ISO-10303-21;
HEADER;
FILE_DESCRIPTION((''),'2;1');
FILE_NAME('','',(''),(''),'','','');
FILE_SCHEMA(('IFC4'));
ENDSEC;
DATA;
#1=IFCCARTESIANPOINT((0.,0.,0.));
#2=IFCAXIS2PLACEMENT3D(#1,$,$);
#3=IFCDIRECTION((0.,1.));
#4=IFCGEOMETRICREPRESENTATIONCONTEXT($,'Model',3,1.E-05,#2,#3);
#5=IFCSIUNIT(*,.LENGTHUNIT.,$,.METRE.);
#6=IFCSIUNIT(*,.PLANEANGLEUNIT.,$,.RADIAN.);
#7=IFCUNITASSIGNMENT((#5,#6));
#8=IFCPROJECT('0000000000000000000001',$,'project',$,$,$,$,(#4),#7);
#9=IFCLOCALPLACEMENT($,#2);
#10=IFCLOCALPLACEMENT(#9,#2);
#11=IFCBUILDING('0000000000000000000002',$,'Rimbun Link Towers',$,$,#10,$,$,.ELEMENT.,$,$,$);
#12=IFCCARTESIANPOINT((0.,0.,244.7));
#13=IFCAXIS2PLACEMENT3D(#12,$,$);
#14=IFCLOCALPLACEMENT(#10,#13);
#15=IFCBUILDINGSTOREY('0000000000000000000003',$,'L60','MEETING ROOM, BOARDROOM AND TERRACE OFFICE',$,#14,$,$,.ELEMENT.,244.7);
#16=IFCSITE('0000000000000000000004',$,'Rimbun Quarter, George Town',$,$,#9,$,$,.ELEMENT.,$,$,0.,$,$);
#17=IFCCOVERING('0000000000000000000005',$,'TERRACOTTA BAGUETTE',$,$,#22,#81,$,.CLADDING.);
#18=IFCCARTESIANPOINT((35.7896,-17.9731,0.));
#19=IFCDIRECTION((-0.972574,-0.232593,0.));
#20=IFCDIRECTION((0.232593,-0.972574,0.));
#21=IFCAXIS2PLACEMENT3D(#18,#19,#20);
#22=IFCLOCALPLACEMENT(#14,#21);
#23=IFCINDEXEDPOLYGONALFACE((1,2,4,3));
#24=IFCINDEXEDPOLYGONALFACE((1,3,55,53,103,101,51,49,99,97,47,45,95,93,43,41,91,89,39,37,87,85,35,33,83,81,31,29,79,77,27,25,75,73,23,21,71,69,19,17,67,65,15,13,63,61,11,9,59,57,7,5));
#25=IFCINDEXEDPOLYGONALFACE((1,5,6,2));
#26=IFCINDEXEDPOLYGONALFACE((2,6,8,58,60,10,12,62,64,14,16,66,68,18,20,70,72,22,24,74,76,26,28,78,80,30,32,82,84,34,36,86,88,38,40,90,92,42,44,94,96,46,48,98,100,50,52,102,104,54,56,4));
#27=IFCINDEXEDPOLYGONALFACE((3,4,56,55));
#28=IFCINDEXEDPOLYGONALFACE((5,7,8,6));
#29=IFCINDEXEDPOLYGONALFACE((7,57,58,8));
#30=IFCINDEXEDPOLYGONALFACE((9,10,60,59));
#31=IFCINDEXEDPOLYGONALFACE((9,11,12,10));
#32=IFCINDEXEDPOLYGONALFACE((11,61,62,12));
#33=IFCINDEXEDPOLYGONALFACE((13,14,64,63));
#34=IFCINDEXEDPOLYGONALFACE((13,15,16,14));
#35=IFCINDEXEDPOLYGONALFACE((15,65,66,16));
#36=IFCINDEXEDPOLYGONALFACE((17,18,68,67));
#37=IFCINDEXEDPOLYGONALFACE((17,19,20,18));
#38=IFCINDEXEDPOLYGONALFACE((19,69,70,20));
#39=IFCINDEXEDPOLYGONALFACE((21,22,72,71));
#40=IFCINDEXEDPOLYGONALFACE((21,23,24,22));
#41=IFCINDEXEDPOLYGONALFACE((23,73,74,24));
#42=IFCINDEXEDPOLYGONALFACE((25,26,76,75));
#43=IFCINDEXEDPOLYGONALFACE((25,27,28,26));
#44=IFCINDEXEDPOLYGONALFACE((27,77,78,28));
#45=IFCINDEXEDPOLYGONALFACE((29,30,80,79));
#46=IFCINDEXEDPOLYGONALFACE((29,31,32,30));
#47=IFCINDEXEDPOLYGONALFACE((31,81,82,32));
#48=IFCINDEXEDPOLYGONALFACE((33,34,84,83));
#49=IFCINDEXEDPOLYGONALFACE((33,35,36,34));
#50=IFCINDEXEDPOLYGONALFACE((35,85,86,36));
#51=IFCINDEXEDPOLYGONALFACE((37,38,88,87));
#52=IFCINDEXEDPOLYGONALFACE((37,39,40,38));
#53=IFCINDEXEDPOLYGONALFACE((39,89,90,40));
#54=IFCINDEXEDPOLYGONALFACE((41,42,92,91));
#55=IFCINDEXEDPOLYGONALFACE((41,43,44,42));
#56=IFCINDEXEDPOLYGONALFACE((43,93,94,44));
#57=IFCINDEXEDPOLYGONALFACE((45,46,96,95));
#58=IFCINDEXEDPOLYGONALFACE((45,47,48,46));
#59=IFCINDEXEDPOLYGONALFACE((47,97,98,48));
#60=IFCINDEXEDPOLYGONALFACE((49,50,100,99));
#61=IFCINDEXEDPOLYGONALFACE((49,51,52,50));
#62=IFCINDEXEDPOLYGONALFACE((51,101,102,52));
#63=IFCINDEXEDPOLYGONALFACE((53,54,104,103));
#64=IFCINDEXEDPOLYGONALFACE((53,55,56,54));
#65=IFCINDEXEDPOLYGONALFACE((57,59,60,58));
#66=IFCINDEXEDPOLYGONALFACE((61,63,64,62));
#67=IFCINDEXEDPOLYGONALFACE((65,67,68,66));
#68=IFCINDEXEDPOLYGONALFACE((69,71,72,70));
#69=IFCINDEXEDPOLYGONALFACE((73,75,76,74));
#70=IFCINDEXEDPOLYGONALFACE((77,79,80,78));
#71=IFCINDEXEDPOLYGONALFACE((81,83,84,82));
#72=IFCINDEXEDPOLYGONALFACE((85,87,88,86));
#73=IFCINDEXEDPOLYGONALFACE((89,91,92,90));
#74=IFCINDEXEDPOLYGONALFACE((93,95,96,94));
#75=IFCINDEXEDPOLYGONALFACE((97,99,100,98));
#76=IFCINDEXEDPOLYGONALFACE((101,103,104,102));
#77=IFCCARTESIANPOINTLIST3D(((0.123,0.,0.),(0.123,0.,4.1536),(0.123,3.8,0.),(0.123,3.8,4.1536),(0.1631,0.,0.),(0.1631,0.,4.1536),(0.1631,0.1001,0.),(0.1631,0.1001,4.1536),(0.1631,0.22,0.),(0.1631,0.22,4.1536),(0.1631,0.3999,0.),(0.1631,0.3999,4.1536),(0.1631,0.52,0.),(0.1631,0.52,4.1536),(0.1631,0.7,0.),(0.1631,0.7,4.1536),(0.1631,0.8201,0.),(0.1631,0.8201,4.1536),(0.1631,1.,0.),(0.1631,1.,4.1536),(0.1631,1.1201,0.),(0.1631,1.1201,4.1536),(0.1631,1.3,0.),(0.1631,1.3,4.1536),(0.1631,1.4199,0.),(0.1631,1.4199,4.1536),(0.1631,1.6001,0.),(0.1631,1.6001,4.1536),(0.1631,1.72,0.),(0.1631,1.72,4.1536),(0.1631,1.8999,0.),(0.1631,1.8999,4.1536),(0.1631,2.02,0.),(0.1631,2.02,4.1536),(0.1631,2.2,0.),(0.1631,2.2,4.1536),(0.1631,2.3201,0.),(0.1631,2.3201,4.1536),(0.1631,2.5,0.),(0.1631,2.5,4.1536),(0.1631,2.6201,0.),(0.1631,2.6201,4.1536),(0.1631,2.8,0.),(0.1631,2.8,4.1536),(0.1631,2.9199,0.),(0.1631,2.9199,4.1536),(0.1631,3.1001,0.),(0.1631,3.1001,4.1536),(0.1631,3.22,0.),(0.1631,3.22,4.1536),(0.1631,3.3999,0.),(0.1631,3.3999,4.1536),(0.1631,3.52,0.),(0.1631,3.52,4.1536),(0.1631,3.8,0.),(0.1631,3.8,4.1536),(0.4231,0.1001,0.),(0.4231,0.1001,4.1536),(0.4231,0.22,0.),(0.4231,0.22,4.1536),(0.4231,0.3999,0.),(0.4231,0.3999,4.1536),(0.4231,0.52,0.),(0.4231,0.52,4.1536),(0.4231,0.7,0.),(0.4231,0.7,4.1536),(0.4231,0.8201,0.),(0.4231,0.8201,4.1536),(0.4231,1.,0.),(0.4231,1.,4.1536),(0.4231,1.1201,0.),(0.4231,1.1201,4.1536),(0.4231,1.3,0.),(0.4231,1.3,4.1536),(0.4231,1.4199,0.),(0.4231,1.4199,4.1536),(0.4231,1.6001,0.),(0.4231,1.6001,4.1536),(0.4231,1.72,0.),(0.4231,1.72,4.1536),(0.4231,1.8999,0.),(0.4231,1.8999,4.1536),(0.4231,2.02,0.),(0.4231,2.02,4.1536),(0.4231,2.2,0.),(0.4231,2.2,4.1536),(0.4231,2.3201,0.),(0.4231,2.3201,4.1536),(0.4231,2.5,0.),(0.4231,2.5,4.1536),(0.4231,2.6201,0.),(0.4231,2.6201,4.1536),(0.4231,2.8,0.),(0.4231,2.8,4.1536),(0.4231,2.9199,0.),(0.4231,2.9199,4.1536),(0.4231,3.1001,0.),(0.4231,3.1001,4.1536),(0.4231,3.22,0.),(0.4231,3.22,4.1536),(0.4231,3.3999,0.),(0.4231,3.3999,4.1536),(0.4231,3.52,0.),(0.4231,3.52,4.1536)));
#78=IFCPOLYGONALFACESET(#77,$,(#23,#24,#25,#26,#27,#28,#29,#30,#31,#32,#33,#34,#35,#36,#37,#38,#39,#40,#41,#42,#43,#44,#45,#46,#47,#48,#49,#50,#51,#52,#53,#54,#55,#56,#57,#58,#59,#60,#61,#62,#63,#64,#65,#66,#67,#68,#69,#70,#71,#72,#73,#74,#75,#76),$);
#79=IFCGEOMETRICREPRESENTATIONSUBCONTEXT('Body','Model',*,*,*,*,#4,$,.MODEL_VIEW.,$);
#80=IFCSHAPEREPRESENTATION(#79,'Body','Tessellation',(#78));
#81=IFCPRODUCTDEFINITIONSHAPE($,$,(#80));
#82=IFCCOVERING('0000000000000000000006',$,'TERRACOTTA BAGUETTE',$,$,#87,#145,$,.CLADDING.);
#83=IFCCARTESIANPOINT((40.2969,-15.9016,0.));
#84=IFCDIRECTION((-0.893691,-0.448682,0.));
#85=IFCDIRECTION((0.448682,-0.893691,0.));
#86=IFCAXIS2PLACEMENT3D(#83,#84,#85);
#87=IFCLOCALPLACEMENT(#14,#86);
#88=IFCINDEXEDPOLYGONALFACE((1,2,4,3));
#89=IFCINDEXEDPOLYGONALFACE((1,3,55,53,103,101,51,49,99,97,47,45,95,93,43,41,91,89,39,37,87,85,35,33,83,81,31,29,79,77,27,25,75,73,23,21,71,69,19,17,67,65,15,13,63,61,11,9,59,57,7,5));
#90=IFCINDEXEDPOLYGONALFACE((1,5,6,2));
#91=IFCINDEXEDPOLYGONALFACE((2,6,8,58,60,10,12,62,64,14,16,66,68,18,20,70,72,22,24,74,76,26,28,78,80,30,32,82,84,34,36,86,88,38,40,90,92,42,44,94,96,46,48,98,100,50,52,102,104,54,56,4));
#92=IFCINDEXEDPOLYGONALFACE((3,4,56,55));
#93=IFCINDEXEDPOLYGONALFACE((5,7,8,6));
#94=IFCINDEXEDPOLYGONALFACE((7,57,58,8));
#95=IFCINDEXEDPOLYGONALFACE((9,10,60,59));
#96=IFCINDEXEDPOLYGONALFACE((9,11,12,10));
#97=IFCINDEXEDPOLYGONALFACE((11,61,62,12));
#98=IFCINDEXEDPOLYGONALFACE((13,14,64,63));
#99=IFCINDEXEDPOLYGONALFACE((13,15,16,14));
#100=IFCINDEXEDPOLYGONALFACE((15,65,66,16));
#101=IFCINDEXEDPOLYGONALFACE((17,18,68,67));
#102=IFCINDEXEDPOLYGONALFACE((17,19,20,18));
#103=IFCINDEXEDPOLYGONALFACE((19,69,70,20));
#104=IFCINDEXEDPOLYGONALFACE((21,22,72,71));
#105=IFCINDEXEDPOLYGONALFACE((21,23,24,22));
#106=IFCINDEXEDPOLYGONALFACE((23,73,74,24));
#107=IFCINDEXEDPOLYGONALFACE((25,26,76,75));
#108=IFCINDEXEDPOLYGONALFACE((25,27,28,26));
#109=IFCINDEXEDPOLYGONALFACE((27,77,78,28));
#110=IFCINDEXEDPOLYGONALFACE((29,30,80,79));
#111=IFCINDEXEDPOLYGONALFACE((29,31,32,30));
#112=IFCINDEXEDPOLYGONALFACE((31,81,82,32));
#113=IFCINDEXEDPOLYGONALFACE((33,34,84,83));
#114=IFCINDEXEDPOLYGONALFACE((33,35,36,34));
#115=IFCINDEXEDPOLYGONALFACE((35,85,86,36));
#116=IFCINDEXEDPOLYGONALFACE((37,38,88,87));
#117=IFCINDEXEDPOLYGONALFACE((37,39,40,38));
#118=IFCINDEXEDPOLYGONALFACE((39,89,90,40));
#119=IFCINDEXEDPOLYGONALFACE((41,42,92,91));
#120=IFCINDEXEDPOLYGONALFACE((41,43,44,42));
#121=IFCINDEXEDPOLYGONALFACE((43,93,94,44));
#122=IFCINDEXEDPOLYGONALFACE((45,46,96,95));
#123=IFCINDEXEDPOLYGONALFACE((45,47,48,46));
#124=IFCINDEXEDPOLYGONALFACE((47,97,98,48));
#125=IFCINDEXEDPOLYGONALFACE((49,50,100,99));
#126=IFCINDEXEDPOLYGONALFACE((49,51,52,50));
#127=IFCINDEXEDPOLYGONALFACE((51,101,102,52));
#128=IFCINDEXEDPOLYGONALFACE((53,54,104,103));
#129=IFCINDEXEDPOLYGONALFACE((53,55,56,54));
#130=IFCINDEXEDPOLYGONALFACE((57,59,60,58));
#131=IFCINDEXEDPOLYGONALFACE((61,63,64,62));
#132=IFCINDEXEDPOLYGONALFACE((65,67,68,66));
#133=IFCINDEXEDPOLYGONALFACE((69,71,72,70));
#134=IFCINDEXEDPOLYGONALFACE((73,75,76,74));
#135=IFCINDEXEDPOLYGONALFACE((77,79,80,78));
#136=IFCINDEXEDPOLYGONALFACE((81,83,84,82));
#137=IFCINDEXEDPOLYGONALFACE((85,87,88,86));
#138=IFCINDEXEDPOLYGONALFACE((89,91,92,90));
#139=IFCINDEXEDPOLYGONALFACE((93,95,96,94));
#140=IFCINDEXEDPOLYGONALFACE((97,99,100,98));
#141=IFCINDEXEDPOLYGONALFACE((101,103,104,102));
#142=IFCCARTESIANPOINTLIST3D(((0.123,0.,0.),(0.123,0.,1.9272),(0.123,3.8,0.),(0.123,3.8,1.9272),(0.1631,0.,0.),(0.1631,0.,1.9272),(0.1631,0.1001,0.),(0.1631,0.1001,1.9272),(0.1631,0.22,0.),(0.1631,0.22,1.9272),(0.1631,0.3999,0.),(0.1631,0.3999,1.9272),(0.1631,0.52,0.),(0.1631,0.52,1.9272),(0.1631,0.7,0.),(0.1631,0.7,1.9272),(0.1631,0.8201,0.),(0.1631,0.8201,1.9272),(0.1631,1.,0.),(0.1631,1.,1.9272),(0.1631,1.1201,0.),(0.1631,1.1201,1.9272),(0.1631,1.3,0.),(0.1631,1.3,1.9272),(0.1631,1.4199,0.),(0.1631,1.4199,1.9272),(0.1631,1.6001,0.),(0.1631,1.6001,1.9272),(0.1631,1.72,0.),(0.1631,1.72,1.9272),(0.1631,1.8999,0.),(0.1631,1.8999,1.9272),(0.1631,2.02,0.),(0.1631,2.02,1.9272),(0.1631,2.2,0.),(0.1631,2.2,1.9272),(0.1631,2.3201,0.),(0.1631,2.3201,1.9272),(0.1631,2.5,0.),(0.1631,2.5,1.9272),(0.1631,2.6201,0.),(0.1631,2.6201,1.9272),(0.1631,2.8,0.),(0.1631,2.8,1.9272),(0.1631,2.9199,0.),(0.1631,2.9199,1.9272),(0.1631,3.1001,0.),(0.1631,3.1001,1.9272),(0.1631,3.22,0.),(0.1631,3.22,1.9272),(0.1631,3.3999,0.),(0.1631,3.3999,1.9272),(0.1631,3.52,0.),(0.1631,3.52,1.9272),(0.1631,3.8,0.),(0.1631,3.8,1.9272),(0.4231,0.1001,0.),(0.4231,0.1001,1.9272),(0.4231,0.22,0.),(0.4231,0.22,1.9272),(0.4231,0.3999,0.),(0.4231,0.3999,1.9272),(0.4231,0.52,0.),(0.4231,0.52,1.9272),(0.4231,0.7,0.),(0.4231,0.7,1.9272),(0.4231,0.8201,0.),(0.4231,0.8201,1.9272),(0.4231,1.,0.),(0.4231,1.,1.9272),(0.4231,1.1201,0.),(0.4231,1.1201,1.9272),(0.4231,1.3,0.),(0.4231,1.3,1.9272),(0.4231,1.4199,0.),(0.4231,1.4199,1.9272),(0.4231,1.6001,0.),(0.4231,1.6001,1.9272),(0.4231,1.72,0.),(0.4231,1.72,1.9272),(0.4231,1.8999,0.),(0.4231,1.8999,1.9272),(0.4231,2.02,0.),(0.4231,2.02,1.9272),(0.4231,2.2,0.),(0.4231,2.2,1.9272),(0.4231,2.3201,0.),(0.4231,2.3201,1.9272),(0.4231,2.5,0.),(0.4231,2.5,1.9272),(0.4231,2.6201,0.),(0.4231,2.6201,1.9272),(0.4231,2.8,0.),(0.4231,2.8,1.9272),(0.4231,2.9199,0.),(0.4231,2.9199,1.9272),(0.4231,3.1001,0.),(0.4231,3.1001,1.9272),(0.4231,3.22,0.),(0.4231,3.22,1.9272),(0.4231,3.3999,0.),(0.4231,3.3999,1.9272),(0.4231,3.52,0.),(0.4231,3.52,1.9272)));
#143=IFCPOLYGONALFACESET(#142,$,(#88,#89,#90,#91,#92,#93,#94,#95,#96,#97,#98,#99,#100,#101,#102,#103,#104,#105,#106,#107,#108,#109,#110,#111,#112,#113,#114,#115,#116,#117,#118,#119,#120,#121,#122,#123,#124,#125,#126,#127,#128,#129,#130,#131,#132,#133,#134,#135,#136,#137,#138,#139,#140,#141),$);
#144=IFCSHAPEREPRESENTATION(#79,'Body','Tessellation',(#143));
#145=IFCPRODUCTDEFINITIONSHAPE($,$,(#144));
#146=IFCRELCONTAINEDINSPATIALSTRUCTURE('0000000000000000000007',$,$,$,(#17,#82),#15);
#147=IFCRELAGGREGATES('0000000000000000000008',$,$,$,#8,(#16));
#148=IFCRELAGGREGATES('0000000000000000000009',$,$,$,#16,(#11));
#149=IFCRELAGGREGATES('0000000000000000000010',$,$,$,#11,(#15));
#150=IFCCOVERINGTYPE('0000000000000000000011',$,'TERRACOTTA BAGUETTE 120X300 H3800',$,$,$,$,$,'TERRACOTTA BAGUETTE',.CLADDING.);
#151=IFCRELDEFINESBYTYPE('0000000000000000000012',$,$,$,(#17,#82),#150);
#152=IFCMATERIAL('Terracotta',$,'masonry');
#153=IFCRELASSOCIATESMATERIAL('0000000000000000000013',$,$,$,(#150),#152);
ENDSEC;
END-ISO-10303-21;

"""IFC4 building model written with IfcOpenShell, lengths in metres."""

from ifc_helpers import new_model, si_unit, direction, frame, origin, place, context, subcontext, project, spatial, polyline, outline, extrude, material, material_profile, profile_set, type_object, element, save


model = new_model("IFC4")

# Units and contexts
model_context = context("Model", 3, precision=1e-05, world=origin(), true_north=direction((0.0, 1.0)))
body_context = subcontext(model_context, "Body", "Model", "MODEL_VIEW")
ifc_project = project(units=[si_unit("LENGTHUNIT", "METRE"), si_unit("PLANEANGLEUNIT", "RADIAN")], contexts=[model_context])

# Site, building, storey
site_placement = place(None, origin())
site = spatial("IfcSite", under=ifc_project, at=site_placement, Name="Rimbun Quarter, George Town", CompositionType="ELEMENT", RefElevation=0.0)
building_placement = place(site_placement, origin())
building = spatial("IfcBuilding", under=site, at=building_placement, Name="Rimbun Link Towers", CompositionType="ELEMENT")
storey_placement = place(building_placement, frame((0.0, 0.0, 244.7)))
storey = spatial("IfcBuildingStorey", under=building, at=storey_placement, Name="L60", Description="MEETING ROOM, BOARDROOM AND TERRACE OFFICE", CompositionType="ELEMENT", Elevation=244.7)

# Coverings
ifc_material_1 = material(Name="Terracotta", Category="masonry")
ifc_material_profile_1 = material_profile(ifc_material_1, outline(polyline([(0.123, 0.0), (0.1631, 0.0), (0.1631, 0.1001), (0.4231, 0.1001), (0.4231, 0.22), (0.1631, 0.22), (0.1631, 0.3999), (0.4231, 0.3999), (0.4231, 0.52), (0.1631, 0.52), (0.1631, 0.7), (0.4231, 0.7), (0.4231, 0.8201), (0.1631, 0.8201), (0.1631, 1.0), (0.4231, 1.0), (0.4231, 1.1201), (0.1631, 1.1201), (0.1631, 1.3), (0.4231, 1.3), (0.4231, 1.4199), (0.1631, 1.4199), (0.1631, 1.6001), (0.4231, 1.6001), (0.4231, 1.72), (0.1631, 1.72), (0.1631, 1.8999), (0.4231, 1.8999), (0.4231, 2.02), (0.1631, 2.02), (0.1631, 2.2), (0.4231, 2.2), (0.4231, 2.3201), (0.1631, 2.3201), (0.1631, 2.5), (0.4231, 2.5), (0.4231, 2.6201), (0.1631, 2.6201), (0.1631, 2.8), (0.4231, 2.8), (0.4231, 2.9199), (0.1631, 2.9199), (0.1631, 3.1001), (0.4231, 3.1001), (0.4231, 3.22), (0.1631, 3.22), (0.1631, 3.3999), (0.4231, 3.3999), (0.4231, 3.52), (0.1631, 3.52), (0.1631, 3.8), (0.123, 3.8), (0.123, 0.0)])), Name="BAGUETTE 120X300")
ifc_profile_set_1 = profile_set([ifc_material_profile_1], Name="Terracotta")
covering_type = type_object("IfcCoveringType", Name="TERRACOTTA BAGUETTE 120X300 H3800", ElementType="TERRACOTTA BAGUETTE", PredefinedType="CLADDING", material=ifc_profile_set_1)
covering_1_placement = place(storey_placement, frame((35.7896, -17.9731, 0.0), z_axis=(-0.972574, -0.232593, 0.0), x_axis=(0.232593, -0.972574, 0.0)))
element("IfcCovering", 1, at=covering_1_placement, inside=storey, type_object=covering_type, Name="TERRACOTTA BAGUETTE", PredefinedType="CLADDING", context=body_context, shape_type="SweptSolid", body=[
    extrude(outline(polyline([(0.123, 0.0), (0.1631, 0.0), (0.1631, 0.1001), (0.4231, 0.1001), (0.4231, 0.22), (0.1631, 0.22), (0.1631, 0.3999), (0.4231, 0.3999), (0.4231, 0.52), (0.1631, 0.52), (0.1631, 0.7), (0.4231, 0.7), (0.4231, 0.8201), (0.1631, 0.8201), (0.1631, 1.0), (0.4231, 1.0), (0.4231, 1.1201), (0.1631, 1.1201), (0.1631, 1.3), (0.4231, 1.3), (0.4231, 1.4199), (0.1631, 1.4199), (0.1631, 1.6001), (0.4231, 1.6001), (0.4231, 1.72), (0.1631, 1.72), (0.1631, 1.8999), (0.4231, 1.8999), (0.4231, 2.02), (0.1631, 2.02), (0.1631, 2.2), (0.4231, 2.2), (0.4231, 2.3201), (0.1631, 2.3201), (0.1631, 2.5), (0.4231, 2.5), (0.4231, 2.6201), (0.1631, 2.6201), (0.1631, 2.8), (0.4231, 2.8), (0.4231, 2.9199), (0.1631, 2.9199), (0.1631, 3.1001), (0.4231, 3.1001), (0.4231, 3.22), (0.1631, 3.22), (0.1631, 3.3999), (0.4231, 3.3999), (0.4231, 3.52), (0.1631, 3.52), (0.1631, 3.8), (0.123, 3.8), (0.123, 0.0)])), origin(), (0.0, 0.0, 1.0), 4.1536),
])
covering_2_placement = place(storey_placement, frame((40.2969, -15.9016, 0.0), z_axis=(-0.893691, -0.448682, 0.0), x_axis=(0.448682, -0.893691, 0.0)))
element("IfcCovering", 2, at=covering_2_placement, inside=storey, type_object=covering_type, Name="TERRACOTTA BAGUETTE", PredefinedType="CLADDING", context=body_context, shape_type="SweptSolid", body=[
    extrude(outline(polyline([(0.123, 0.0), (0.1631, 0.0), (0.1631, 0.1001), (0.4231, 0.1001), (0.4231, 0.22), (0.1631, 0.22), (0.1631, 0.3999), (0.4231, 0.3999), (0.4231, 0.52), (0.1631, 0.52), (0.1631, 0.7), (0.4231, 0.7), (0.4231, 0.8201), (0.1631, 0.8201), (0.1631, 1.0), (0.4231, 1.0), (0.4231, 1.1201), (0.1631, 1.1201), (0.1631, 1.3), (0.4231, 1.3), (0.4231, 1.4199), (0.1631, 1.4199), (0.1631, 1.6001), (0.4231, 1.6001), (0.4231, 1.72), (0.1631, 1.72), (0.1631, 1.8999), (0.4231, 1.8999), (0.4231, 2.02), (0.1631, 2.02), (0.1631, 2.2), (0.4231, 2.2), (0.4231, 2.3201), (0.1631, 2.3201), (0.1631, 2.5), (0.4231, 2.5), (0.4231, 2.6201), (0.1631, 2.6201), (0.1631, 2.8), (0.4231, 2.8), (0.4231, 2.9199), (0.1631, 2.9199), (0.1631, 3.1001), (0.4231, 3.1001), (0.4231, 3.22), (0.1631, 3.22), (0.1631, 3.3999), (0.4231, 3.3999), (0.4231, 3.52), (0.1631, 3.52), (0.1631, 3.8), (0.123, 3.8), (0.123, 0.0)])), origin(), (0.0, 0.0, 1.0), 1.9272),
])

save(model, "model.ifc")
